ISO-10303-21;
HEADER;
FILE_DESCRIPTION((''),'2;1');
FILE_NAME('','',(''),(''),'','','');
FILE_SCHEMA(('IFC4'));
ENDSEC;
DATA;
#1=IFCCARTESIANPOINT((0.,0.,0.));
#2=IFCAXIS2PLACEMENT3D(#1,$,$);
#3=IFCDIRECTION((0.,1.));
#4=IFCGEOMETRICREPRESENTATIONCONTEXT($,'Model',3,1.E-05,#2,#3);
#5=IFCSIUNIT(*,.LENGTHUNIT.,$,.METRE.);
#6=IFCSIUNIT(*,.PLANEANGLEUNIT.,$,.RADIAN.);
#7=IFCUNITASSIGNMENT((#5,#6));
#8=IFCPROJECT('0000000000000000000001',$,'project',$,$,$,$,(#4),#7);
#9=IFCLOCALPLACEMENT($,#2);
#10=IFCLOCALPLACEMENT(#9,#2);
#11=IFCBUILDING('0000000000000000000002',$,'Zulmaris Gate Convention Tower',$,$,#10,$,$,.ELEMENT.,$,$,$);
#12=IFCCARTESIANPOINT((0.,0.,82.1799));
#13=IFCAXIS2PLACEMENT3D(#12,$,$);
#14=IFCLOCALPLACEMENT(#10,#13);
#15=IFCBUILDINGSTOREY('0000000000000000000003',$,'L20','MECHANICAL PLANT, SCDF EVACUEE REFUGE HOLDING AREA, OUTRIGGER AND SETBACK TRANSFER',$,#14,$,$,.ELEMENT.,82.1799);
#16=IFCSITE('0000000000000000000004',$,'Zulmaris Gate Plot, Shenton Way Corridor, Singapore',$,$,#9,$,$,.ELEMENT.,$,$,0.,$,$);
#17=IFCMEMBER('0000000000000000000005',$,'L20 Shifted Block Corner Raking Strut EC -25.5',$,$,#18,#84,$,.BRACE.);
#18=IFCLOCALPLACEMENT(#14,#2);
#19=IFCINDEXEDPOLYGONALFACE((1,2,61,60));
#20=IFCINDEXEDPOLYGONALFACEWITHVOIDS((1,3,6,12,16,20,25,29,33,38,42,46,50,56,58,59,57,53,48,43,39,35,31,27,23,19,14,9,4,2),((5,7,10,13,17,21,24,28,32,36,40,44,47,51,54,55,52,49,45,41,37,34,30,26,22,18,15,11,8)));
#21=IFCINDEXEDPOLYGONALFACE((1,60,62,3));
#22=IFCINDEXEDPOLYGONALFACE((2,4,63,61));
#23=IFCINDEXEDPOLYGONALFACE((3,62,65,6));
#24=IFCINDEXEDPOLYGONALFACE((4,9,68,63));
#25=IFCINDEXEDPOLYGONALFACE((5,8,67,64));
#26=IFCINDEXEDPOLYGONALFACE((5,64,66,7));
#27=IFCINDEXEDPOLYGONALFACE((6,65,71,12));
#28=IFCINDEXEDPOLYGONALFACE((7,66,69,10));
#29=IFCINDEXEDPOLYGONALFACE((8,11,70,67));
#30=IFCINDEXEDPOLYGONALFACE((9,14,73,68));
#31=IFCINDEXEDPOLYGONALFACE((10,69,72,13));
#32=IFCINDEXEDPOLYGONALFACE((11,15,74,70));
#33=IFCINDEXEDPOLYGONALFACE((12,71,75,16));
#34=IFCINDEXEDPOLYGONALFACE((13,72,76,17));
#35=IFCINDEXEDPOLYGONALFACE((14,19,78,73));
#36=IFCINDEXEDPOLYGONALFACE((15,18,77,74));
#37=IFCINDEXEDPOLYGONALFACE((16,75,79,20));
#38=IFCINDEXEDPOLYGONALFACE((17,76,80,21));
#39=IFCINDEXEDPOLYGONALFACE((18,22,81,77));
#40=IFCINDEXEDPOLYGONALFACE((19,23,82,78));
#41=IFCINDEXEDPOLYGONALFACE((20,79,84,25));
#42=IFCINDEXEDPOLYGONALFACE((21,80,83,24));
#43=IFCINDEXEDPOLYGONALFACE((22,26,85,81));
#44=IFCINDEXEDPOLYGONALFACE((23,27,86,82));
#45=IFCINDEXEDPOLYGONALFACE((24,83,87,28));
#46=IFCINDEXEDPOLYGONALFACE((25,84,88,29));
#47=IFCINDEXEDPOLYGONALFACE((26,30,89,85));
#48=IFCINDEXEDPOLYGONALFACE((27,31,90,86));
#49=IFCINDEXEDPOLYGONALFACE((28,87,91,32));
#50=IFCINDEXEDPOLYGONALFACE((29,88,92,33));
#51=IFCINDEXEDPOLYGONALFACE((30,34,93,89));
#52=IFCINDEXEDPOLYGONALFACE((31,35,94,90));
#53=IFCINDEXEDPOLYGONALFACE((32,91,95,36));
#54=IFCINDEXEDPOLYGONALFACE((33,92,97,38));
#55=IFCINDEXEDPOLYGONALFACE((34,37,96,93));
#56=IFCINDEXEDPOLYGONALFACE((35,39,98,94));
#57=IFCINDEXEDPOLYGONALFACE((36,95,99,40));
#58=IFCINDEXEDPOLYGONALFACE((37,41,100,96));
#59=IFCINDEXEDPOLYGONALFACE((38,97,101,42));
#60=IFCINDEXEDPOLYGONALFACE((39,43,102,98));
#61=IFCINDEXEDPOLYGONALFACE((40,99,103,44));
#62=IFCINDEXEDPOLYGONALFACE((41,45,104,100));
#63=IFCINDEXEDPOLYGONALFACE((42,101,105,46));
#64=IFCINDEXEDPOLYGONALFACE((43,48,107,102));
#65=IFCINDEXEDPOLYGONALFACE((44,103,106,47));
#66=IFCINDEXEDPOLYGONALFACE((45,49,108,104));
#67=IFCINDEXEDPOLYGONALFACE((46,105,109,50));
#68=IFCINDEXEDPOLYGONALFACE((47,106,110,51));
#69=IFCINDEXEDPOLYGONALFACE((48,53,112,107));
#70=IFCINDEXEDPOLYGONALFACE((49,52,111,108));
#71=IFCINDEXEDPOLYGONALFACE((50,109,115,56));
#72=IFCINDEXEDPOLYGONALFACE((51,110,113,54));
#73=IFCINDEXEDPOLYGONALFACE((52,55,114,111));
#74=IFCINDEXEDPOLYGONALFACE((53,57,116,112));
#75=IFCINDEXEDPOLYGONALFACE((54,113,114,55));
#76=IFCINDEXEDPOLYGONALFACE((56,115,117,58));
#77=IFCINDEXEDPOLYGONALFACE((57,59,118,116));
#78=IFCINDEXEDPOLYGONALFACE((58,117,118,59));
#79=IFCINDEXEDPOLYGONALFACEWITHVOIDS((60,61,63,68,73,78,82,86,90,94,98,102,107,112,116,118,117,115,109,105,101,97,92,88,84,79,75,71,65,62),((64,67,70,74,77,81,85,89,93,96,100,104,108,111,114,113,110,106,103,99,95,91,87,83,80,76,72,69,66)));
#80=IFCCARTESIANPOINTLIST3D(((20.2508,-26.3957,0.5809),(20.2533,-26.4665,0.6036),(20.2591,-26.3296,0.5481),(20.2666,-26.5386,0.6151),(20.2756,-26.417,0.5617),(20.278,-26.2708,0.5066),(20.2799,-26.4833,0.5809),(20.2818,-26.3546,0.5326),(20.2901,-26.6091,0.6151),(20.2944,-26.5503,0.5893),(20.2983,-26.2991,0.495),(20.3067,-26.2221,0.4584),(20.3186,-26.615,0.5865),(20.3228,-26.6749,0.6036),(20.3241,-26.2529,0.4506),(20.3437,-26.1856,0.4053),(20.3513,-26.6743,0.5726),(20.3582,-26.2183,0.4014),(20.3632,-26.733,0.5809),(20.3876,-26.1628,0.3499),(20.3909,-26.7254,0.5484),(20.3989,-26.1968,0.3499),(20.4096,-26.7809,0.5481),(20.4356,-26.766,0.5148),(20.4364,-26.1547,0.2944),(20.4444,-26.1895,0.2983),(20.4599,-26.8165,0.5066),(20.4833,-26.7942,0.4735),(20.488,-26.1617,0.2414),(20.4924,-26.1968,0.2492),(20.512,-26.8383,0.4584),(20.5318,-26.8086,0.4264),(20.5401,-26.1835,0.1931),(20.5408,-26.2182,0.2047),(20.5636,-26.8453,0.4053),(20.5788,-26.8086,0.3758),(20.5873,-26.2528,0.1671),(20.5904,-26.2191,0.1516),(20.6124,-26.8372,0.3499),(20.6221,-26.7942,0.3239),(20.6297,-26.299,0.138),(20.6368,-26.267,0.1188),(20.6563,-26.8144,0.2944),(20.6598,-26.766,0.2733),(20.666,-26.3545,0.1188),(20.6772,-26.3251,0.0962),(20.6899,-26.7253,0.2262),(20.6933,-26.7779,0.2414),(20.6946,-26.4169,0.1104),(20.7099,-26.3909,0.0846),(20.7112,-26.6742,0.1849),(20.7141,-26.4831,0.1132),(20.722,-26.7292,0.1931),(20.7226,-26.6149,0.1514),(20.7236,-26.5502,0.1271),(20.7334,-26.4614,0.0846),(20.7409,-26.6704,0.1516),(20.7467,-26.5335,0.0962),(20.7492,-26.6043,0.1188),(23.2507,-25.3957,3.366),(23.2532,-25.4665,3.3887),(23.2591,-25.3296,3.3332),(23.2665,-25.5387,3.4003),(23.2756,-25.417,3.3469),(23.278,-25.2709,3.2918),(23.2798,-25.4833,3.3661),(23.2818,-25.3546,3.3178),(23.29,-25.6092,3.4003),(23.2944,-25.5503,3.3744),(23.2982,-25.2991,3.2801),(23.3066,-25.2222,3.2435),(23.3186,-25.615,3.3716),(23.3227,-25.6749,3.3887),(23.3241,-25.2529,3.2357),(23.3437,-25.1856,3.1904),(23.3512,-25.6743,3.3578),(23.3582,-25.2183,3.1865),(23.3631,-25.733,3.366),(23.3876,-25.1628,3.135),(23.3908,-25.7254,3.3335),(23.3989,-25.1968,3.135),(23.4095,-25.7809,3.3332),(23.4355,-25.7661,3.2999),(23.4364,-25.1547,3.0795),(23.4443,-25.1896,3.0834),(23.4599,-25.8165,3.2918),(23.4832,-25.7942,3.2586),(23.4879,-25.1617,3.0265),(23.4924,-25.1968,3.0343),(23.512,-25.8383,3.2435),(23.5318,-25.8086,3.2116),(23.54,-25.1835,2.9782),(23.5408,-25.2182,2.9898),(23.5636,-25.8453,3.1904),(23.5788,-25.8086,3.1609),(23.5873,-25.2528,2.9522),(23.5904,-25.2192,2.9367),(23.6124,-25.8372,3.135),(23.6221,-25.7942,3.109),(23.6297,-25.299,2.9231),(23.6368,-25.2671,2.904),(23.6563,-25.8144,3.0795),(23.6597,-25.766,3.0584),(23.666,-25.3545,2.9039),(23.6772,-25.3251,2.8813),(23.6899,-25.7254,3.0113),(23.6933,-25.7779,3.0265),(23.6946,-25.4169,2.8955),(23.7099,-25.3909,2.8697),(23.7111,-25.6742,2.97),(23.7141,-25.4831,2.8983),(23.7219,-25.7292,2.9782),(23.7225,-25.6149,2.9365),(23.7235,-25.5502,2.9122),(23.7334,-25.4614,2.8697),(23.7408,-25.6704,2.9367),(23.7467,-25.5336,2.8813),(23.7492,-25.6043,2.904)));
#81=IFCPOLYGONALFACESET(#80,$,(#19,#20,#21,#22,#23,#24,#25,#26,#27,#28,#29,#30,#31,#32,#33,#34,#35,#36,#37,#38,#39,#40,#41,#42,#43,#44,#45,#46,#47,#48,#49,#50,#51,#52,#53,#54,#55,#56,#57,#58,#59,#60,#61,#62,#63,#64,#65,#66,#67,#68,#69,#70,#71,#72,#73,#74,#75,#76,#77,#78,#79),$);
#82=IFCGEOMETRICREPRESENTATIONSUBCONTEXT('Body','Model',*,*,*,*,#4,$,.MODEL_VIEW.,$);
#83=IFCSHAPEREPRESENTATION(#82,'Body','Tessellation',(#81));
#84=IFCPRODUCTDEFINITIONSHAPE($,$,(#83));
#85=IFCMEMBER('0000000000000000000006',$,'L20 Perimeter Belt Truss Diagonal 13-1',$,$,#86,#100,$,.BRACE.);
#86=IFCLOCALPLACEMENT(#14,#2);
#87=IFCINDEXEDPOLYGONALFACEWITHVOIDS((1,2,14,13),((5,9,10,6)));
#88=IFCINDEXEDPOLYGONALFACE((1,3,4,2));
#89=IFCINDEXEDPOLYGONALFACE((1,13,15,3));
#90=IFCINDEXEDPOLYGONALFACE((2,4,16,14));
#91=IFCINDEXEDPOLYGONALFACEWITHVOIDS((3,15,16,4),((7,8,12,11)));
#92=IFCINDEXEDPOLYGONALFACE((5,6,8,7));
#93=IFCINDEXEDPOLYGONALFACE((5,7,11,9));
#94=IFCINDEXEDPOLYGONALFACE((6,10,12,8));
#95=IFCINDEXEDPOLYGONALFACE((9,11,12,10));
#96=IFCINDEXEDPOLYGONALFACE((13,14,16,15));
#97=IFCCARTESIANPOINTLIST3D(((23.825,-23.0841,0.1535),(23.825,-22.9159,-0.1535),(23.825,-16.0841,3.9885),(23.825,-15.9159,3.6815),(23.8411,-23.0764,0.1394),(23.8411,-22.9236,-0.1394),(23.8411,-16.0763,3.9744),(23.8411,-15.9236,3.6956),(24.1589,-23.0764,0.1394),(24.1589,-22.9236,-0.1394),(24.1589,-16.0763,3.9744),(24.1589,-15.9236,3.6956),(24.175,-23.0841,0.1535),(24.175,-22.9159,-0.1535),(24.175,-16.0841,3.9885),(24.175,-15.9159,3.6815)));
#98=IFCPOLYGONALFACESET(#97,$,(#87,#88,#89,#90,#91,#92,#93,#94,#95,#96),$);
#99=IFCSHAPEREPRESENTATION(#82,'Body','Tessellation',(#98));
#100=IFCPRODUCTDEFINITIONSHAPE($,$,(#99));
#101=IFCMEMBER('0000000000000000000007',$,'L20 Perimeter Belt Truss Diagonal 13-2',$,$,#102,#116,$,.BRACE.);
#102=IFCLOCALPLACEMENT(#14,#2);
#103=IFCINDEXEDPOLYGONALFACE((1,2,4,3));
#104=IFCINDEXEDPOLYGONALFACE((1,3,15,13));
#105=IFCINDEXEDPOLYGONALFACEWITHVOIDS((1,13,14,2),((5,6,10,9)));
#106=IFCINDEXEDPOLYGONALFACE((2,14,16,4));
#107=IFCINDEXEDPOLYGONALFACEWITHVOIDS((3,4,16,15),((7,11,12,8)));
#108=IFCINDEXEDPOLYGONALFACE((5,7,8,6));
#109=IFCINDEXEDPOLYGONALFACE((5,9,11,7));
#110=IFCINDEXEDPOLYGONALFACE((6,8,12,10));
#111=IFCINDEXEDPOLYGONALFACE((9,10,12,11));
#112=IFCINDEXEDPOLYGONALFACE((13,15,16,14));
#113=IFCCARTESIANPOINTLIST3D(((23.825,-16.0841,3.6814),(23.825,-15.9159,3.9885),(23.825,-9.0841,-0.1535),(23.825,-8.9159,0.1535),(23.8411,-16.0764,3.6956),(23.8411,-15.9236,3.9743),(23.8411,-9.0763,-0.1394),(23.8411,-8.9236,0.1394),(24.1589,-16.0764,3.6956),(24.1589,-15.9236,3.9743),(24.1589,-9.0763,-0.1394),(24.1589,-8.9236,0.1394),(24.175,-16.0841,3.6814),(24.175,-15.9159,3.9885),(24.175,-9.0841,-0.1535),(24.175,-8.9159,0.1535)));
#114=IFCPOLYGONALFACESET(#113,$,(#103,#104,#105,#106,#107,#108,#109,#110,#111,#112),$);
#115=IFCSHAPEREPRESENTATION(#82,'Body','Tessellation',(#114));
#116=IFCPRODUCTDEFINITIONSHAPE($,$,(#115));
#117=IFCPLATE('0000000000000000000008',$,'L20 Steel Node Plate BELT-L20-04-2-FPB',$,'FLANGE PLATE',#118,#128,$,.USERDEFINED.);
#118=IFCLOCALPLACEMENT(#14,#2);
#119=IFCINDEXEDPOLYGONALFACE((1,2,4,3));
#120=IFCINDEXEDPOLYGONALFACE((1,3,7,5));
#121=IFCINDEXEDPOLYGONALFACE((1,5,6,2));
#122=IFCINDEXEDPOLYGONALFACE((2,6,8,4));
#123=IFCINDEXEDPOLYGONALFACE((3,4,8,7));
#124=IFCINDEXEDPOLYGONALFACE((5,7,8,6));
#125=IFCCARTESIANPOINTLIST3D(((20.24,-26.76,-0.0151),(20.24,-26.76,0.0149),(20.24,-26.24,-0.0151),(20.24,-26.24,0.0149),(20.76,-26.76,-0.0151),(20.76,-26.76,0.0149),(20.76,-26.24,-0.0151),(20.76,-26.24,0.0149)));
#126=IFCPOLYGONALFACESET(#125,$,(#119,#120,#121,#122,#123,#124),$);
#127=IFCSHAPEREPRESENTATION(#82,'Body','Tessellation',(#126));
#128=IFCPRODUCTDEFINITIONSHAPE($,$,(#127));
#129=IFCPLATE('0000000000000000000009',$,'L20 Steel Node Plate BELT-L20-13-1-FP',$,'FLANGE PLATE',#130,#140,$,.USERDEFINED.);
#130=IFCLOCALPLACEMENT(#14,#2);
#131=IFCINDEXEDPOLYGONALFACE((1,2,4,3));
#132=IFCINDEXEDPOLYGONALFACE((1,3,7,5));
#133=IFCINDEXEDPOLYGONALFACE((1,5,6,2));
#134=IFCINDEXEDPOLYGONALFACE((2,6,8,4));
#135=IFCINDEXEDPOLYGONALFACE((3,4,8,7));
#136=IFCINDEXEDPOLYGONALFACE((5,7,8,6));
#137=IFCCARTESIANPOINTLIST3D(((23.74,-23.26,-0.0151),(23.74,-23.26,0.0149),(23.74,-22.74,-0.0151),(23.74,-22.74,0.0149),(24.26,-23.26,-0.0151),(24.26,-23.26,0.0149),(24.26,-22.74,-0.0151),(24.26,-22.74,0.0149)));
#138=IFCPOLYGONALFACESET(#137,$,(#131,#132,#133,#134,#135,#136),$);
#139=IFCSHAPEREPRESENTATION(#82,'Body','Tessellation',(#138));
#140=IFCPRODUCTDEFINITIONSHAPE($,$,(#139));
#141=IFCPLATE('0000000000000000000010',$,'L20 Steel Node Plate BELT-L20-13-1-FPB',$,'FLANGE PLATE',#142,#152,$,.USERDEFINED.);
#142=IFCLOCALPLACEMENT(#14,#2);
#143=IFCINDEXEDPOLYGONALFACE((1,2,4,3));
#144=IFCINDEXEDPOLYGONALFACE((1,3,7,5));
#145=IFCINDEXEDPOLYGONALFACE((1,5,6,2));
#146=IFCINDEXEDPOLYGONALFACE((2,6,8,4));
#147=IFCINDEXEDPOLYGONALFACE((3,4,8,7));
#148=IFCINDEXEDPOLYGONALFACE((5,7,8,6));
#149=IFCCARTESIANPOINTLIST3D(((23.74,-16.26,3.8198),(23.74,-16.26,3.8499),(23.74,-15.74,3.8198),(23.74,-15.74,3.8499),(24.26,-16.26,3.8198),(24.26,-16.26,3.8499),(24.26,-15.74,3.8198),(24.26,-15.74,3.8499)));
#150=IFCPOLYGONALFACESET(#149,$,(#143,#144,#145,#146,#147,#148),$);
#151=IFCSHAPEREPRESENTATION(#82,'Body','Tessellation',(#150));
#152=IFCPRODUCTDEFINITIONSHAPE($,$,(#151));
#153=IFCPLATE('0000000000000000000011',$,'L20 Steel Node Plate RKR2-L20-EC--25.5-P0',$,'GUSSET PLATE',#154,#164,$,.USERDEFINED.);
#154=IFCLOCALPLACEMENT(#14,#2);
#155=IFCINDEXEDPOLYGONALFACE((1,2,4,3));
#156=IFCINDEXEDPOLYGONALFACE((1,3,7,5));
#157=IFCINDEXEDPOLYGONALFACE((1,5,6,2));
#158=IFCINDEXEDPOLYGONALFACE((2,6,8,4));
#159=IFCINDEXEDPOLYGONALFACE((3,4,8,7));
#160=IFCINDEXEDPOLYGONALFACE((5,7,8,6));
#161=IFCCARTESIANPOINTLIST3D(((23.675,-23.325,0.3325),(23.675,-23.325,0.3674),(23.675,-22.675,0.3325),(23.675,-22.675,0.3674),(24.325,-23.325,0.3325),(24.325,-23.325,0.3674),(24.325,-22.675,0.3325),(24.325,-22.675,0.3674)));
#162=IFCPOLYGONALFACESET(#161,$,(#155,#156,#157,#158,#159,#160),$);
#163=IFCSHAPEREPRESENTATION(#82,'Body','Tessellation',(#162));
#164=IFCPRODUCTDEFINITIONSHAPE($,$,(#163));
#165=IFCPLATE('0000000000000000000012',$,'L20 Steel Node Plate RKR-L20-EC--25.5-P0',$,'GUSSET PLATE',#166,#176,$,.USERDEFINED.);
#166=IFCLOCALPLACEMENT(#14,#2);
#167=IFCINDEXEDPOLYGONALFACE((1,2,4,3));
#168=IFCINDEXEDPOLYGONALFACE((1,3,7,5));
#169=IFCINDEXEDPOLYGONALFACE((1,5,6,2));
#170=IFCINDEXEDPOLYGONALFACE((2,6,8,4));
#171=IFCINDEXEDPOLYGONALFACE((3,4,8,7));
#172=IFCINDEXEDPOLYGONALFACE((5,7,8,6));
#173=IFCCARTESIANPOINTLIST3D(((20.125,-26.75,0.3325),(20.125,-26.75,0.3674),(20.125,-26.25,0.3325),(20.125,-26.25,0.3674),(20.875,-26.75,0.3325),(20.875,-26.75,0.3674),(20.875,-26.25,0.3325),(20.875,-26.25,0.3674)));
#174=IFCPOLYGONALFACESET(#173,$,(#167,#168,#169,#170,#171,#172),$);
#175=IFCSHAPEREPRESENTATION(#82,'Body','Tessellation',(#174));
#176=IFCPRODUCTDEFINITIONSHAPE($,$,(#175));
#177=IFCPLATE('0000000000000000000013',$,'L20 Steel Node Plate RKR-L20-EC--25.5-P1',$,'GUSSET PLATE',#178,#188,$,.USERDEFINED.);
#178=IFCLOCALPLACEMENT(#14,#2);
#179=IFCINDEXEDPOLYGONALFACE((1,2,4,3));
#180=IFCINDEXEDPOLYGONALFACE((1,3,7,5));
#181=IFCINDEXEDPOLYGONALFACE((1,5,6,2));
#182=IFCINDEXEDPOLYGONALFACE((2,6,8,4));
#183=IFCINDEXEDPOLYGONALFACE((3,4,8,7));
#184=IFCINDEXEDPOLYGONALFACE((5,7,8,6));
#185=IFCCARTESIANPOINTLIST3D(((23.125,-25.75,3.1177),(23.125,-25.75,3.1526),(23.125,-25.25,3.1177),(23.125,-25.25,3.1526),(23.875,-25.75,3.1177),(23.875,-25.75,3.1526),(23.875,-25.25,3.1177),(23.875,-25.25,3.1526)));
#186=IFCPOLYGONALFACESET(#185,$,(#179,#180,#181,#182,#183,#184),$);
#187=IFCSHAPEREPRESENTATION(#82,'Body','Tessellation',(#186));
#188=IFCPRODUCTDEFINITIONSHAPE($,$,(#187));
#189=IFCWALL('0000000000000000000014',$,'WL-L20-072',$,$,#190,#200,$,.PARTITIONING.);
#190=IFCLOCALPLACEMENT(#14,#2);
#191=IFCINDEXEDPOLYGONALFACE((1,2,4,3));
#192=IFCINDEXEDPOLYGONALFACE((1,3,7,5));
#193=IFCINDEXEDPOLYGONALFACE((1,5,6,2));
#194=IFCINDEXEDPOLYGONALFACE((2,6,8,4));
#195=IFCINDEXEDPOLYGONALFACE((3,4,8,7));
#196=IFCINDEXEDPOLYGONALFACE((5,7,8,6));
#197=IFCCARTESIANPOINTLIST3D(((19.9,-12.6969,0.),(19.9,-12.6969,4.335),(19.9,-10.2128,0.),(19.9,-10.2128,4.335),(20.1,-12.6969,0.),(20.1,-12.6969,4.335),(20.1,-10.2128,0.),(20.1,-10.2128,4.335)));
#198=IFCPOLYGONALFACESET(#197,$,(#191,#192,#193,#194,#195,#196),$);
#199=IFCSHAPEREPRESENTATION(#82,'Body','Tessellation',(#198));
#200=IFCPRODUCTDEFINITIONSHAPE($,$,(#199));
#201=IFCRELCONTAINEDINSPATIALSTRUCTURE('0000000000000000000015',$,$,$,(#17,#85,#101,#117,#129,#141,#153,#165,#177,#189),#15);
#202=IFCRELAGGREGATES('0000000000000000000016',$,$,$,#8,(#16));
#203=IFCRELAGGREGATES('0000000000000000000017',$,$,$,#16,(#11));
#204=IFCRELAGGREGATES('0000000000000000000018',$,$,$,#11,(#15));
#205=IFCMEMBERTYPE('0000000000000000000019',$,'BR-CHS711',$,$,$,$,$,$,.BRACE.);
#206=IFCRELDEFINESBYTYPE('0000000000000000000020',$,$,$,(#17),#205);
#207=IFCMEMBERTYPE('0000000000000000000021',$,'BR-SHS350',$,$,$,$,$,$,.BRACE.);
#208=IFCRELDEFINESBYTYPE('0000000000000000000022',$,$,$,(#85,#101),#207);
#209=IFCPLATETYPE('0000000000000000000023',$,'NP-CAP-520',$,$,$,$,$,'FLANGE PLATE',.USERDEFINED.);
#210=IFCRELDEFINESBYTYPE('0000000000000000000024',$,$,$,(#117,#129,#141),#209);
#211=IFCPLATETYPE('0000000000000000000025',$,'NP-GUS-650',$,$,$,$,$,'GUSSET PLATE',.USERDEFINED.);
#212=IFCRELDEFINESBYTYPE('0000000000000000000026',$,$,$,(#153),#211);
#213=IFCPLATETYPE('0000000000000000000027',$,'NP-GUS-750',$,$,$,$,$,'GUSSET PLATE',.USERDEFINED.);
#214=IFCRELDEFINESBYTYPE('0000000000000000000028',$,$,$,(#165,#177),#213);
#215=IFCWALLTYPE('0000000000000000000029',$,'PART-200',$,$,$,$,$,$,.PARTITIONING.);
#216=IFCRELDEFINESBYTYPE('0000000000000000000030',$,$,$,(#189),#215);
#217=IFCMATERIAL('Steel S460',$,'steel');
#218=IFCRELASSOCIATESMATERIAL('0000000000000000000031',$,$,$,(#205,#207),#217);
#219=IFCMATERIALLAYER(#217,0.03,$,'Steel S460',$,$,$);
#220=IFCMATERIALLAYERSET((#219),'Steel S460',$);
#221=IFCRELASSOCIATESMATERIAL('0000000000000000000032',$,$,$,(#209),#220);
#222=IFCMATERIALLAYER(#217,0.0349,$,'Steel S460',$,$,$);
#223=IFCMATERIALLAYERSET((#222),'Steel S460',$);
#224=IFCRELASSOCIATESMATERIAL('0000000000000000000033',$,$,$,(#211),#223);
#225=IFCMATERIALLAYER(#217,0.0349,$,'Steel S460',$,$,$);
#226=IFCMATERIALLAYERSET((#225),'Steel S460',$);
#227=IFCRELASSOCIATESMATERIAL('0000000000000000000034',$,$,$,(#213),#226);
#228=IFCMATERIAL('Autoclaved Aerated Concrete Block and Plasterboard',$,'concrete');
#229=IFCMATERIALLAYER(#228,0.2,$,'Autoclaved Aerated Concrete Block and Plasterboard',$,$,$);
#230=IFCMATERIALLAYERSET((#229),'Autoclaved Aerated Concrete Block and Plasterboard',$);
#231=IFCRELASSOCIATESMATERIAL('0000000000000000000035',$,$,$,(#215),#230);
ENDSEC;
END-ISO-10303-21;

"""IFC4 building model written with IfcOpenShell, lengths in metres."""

from ifc_helpers import new_model, si_unit, direction, frame, frame_2d, origin, origin_2d, place, context, subcontext, project, spatial, rectangle, hollow_rectangle, hollow_circle, extrude, material, layer, layer_set, material_profile, profile_set, type_object, element, save


model = new_model("IFC4")

# Units and contexts
model_context = context("Model", 3, precision=1e-05, world=origin(), true_north=direction((0.0, 1.0)))
body_context = subcontext(model_context, "Body", "Model", "MODEL_VIEW")
ifc_project = project(units=[si_unit("LENGTHUNIT", "METRE"), si_unit("PLANEANGLEUNIT", "RADIAN")], contexts=[model_context])

# Site, building, storey
site_placement = place(None, origin())
site = spatial("IfcSite", under=ifc_project, at=site_placement, Name="Zulmaris Gate Plot, Shenton Way Corridor, Singapore", CompositionType="ELEMENT", RefElevation=0.0)
building_placement = place(site_placement, origin())
building = spatial("IfcBuilding", under=site, at=building_placement, Name="Zulmaris Gate Convention Tower", CompositionType="ELEMENT")
storey_placement = place(building_placement, frame((0.0, 0.0, 82.1799)))
storey = spatial("IfcBuildingStorey", under=building, at=storey_placement, Name="L20", Description="MECHANICAL PLANT, SCDF EVACUEE REFUGE HOLDING AREA, OUTRIGGER AND SETBACK TRANSFER", CompositionType="ELEMENT", Elevation=82.1799)

# Members
ifc_material_1 = material(Name="Steel S460", Category="steel")
ifc_material_profile_1 = material_profile(ifc_material_1, hollow_circle(Radius=0.3555, WallThickness=0.0359, at=origin_2d()), Name="CHS 711x36")
ifc_profile_set_1 = profile_set([ifc_material_profile_1], Name="Steel S460")
member_type_1 = type_object("IfcMemberType", Name="BR-CHS711", PredefinedType="BRACE", material=ifc_profile_set_1)
member_1_placement = place(storey_placement, frame((20.5, -26.5, 0.3499), z_axis=(0.711927, 0.237309, 0.660942), x_axis=(-0.316228, 0.948683, 0.0)))
element("IfcMember", 1, at=member_1_placement, inside=storey, type_object=member_type_1, Name="L20 Shifted Block Corner Raking Strut EC -25.5", PredefinedType="BRACE", context=body_context, shape_type="SweptSolid", body=[
    extrude(hollow_circle(Radius=0.3555, WallThickness=0.0359, at=origin_2d()), origin(), (0.0, 0.0, 1.0), 4.2139),
])
ifc_material_profile_2 = material_profile(ifc_material_1, hollow_rectangle(XDim=0.3501, YDim=0.3501, WallThickness=0.0161, at=origin_2d()), Name="SHS 350x350x16")
ifc_profile_set_2 = profile_set([ifc_material_profile_2], Name="Steel S460")
member_type_2 = type_object("IfcMemberType", Name="BR-SHS350", PredefinedType="BRACE", material=ifc_profile_set_2)
for number, where, z_axis, x_axis, name in (
    (2, (24.0, -23.0, 0.0), (0.0, 0.87701, 0.480471), (-1.0, 0.0, 0.0), "L20 Perimeter Belt Truss Diagonal 13-1"),
    (3, (24.0, -16.0, 3.835), (0.0, 0.87701, -0.480471), (-1.0, 0.0, 0.0), "L20 Perimeter Belt Truss Diagonal 13-2"),
):
    element("IfcMember", number, at=place(storey_placement, frame(where, z_axis=z_axis, x_axis=x_axis)), inside=storey, type_object=member_type_2, Name=name, PredefinedType="BRACE", context=body_context, shape_type="SweptSolid", body=[
        extrude(hollow_rectangle(XDim=0.3501, YDim=0.3501, WallThickness=0.0161, at=origin_2d()), origin(), (0.0, 0.0, 1.0), 7.9817),
    ])

# Plates
ifc_layer_1 = layer(ifc_material_1, 0.03, Name="Steel S460")
ifc_layer_set_1 = layer_set([ifc_layer_1], Name="Steel S460")
plate_type_1 = type_object("IfcPlateType", Name="NP-CAP-520", ElementType="FLANGE PLATE", PredefinedType="USERDEFINED", material=ifc_layer_set_1)
for number, where, z_axis, x_axis, name in (
    (4, (20.5, -26.5, -0.0151), (0.0, 0.0, 1.0), (1.0, 0.0, 0.0), "L20 Steel Node Plate BELT-L20-04-2-FPB"),
    (5, (24.0, -23.0, -0.0151), (0.0, 0.0, 1.0), (1.0, 0.0, 0.0), "L20 Steel Node Plate BELT-L20-13-1-FP"),
    (6, (24.0, -16.0, 3.8198), (0.0, 0.0, 1.0), (1.0, 0.0, 0.0), "L20 Steel Node Plate BELT-L20-13-1-FPB"),
):
    element("IfcPlate", number, at=place(storey_placement, frame(where, z_axis=z_axis, x_axis=x_axis)), inside=storey, type_object=plate_type_1, Name=name, ObjectType="FLANGE PLATE", PredefinedType="USERDEFINED", context=body_context, shape_type="SweptSolid", body=[
        extrude(rectangle(XDim=0.52, YDim=0.52, at=origin_2d()), origin(), (0.0, 0.0, 1.0), 0.03),
    ])
ifc_layer_2 = layer(ifc_material_1, 0.0349, Name="Steel S460")
ifc_layer_set_2 = layer_set([ifc_layer_2], Name="Steel S460")
plate_type_2 = type_object("IfcPlateType", Name="NP-GUS-650", ElementType="GUSSET PLATE", PredefinedType="USERDEFINED", material=ifc_layer_set_2)
plate_placement = place(storey_placement, frame((24.0, -23.0, 0.3325), z_axis=(0.0, 0.0, 1.0), x_axis=(1.0, 0.0, 0.0)))
element("IfcPlate", 7, at=plate_placement, inside=storey, type_object=plate_type_2, Name="L20 Steel Node Plate RKR2-L20-EC--25.5-P0", ObjectType="GUSSET PLATE", PredefinedType="USERDEFINED", context=body_context, shape_type="SweptSolid", body=[
    extrude(rectangle(XDim=0.6499, YDim=0.6499, at=origin_2d()), origin(), (0.0, 0.0, 1.0), 0.0349),
])
ifc_layer_3 = layer(ifc_material_1, 0.0349, Name="Steel S460")
ifc_layer_set_3 = layer_set([ifc_layer_3], Name="Steel S460")
plate_type_3 = type_object("IfcPlateType", Name="NP-GUS-750", ElementType="GUSSET PLATE", PredefinedType="USERDEFINED", material=ifc_layer_set_3)
for number, where, z_axis, x_axis, name in (
    (8, (20.5, -26.5, 0.3325), (0.0, 0.0, 1.0), (1.0, 0.0, 0.0), "L20 Steel Node Plate RKR-L20-EC--25.5-P0"),
    (9, (23.5, -25.5, 3.1177), (0.0, 0.0, 1.0), (1.0, 0.0, 0.0), "L20 Steel Node Plate RKR-L20-EC--25.5-P1"),
):
    element("IfcPlate", number, at=place(storey_placement, frame(where, z_axis=z_axis, x_axis=x_axis)), inside=storey, type_object=plate_type_3, Name=name, ObjectType="GUSSET PLATE", PredefinedType="USERDEFINED", context=body_context, shape_type="SweptSolid", body=[
        extrude(rectangle(XDim=0.75, YDim=0.5, at=origin_2d()), origin(), (0.0, 0.0, 1.0), 0.0349),
    ])

# Wall
ifc_material_2 = material(Name="Autoclaved Aerated Concrete Block and Plasterboard", Category="concrete")
ifc_layer_4 = layer(ifc_material_2, 0.2, Name="Autoclaved Aerated Concrete Block and Plasterboard")
ifc_layer_set_4 = layer_set([ifc_layer_4], Name="Autoclaved Aerated Concrete Block and Plasterboard")
wall_type_1 = type_object("IfcWallType", Name="PART-200", PredefinedType="PARTITIONING", material=ifc_layer_set_4)
wall_1_placement = place(storey_placement, frame((20.0, -12.697, 0.0), z_axis=(0.0, 0.0, 1.0), x_axis=(0.0, 1.0, 0.0)))
element("IfcWall", 10, at=wall_1_placement, inside=storey, type_object=wall_type_1, Name="WL-L20-072", PredefinedType="PARTITIONING", context=body_context, shape_type="SweptSolid", body=[
    extrude(rectangle(XDim=2.4841, YDim=0.2, at=frame_2d((1.2422, 0.0))), origin(), (0.0, 0.0, 1.0), 4.335),
])

save(model, "model.ifc")
